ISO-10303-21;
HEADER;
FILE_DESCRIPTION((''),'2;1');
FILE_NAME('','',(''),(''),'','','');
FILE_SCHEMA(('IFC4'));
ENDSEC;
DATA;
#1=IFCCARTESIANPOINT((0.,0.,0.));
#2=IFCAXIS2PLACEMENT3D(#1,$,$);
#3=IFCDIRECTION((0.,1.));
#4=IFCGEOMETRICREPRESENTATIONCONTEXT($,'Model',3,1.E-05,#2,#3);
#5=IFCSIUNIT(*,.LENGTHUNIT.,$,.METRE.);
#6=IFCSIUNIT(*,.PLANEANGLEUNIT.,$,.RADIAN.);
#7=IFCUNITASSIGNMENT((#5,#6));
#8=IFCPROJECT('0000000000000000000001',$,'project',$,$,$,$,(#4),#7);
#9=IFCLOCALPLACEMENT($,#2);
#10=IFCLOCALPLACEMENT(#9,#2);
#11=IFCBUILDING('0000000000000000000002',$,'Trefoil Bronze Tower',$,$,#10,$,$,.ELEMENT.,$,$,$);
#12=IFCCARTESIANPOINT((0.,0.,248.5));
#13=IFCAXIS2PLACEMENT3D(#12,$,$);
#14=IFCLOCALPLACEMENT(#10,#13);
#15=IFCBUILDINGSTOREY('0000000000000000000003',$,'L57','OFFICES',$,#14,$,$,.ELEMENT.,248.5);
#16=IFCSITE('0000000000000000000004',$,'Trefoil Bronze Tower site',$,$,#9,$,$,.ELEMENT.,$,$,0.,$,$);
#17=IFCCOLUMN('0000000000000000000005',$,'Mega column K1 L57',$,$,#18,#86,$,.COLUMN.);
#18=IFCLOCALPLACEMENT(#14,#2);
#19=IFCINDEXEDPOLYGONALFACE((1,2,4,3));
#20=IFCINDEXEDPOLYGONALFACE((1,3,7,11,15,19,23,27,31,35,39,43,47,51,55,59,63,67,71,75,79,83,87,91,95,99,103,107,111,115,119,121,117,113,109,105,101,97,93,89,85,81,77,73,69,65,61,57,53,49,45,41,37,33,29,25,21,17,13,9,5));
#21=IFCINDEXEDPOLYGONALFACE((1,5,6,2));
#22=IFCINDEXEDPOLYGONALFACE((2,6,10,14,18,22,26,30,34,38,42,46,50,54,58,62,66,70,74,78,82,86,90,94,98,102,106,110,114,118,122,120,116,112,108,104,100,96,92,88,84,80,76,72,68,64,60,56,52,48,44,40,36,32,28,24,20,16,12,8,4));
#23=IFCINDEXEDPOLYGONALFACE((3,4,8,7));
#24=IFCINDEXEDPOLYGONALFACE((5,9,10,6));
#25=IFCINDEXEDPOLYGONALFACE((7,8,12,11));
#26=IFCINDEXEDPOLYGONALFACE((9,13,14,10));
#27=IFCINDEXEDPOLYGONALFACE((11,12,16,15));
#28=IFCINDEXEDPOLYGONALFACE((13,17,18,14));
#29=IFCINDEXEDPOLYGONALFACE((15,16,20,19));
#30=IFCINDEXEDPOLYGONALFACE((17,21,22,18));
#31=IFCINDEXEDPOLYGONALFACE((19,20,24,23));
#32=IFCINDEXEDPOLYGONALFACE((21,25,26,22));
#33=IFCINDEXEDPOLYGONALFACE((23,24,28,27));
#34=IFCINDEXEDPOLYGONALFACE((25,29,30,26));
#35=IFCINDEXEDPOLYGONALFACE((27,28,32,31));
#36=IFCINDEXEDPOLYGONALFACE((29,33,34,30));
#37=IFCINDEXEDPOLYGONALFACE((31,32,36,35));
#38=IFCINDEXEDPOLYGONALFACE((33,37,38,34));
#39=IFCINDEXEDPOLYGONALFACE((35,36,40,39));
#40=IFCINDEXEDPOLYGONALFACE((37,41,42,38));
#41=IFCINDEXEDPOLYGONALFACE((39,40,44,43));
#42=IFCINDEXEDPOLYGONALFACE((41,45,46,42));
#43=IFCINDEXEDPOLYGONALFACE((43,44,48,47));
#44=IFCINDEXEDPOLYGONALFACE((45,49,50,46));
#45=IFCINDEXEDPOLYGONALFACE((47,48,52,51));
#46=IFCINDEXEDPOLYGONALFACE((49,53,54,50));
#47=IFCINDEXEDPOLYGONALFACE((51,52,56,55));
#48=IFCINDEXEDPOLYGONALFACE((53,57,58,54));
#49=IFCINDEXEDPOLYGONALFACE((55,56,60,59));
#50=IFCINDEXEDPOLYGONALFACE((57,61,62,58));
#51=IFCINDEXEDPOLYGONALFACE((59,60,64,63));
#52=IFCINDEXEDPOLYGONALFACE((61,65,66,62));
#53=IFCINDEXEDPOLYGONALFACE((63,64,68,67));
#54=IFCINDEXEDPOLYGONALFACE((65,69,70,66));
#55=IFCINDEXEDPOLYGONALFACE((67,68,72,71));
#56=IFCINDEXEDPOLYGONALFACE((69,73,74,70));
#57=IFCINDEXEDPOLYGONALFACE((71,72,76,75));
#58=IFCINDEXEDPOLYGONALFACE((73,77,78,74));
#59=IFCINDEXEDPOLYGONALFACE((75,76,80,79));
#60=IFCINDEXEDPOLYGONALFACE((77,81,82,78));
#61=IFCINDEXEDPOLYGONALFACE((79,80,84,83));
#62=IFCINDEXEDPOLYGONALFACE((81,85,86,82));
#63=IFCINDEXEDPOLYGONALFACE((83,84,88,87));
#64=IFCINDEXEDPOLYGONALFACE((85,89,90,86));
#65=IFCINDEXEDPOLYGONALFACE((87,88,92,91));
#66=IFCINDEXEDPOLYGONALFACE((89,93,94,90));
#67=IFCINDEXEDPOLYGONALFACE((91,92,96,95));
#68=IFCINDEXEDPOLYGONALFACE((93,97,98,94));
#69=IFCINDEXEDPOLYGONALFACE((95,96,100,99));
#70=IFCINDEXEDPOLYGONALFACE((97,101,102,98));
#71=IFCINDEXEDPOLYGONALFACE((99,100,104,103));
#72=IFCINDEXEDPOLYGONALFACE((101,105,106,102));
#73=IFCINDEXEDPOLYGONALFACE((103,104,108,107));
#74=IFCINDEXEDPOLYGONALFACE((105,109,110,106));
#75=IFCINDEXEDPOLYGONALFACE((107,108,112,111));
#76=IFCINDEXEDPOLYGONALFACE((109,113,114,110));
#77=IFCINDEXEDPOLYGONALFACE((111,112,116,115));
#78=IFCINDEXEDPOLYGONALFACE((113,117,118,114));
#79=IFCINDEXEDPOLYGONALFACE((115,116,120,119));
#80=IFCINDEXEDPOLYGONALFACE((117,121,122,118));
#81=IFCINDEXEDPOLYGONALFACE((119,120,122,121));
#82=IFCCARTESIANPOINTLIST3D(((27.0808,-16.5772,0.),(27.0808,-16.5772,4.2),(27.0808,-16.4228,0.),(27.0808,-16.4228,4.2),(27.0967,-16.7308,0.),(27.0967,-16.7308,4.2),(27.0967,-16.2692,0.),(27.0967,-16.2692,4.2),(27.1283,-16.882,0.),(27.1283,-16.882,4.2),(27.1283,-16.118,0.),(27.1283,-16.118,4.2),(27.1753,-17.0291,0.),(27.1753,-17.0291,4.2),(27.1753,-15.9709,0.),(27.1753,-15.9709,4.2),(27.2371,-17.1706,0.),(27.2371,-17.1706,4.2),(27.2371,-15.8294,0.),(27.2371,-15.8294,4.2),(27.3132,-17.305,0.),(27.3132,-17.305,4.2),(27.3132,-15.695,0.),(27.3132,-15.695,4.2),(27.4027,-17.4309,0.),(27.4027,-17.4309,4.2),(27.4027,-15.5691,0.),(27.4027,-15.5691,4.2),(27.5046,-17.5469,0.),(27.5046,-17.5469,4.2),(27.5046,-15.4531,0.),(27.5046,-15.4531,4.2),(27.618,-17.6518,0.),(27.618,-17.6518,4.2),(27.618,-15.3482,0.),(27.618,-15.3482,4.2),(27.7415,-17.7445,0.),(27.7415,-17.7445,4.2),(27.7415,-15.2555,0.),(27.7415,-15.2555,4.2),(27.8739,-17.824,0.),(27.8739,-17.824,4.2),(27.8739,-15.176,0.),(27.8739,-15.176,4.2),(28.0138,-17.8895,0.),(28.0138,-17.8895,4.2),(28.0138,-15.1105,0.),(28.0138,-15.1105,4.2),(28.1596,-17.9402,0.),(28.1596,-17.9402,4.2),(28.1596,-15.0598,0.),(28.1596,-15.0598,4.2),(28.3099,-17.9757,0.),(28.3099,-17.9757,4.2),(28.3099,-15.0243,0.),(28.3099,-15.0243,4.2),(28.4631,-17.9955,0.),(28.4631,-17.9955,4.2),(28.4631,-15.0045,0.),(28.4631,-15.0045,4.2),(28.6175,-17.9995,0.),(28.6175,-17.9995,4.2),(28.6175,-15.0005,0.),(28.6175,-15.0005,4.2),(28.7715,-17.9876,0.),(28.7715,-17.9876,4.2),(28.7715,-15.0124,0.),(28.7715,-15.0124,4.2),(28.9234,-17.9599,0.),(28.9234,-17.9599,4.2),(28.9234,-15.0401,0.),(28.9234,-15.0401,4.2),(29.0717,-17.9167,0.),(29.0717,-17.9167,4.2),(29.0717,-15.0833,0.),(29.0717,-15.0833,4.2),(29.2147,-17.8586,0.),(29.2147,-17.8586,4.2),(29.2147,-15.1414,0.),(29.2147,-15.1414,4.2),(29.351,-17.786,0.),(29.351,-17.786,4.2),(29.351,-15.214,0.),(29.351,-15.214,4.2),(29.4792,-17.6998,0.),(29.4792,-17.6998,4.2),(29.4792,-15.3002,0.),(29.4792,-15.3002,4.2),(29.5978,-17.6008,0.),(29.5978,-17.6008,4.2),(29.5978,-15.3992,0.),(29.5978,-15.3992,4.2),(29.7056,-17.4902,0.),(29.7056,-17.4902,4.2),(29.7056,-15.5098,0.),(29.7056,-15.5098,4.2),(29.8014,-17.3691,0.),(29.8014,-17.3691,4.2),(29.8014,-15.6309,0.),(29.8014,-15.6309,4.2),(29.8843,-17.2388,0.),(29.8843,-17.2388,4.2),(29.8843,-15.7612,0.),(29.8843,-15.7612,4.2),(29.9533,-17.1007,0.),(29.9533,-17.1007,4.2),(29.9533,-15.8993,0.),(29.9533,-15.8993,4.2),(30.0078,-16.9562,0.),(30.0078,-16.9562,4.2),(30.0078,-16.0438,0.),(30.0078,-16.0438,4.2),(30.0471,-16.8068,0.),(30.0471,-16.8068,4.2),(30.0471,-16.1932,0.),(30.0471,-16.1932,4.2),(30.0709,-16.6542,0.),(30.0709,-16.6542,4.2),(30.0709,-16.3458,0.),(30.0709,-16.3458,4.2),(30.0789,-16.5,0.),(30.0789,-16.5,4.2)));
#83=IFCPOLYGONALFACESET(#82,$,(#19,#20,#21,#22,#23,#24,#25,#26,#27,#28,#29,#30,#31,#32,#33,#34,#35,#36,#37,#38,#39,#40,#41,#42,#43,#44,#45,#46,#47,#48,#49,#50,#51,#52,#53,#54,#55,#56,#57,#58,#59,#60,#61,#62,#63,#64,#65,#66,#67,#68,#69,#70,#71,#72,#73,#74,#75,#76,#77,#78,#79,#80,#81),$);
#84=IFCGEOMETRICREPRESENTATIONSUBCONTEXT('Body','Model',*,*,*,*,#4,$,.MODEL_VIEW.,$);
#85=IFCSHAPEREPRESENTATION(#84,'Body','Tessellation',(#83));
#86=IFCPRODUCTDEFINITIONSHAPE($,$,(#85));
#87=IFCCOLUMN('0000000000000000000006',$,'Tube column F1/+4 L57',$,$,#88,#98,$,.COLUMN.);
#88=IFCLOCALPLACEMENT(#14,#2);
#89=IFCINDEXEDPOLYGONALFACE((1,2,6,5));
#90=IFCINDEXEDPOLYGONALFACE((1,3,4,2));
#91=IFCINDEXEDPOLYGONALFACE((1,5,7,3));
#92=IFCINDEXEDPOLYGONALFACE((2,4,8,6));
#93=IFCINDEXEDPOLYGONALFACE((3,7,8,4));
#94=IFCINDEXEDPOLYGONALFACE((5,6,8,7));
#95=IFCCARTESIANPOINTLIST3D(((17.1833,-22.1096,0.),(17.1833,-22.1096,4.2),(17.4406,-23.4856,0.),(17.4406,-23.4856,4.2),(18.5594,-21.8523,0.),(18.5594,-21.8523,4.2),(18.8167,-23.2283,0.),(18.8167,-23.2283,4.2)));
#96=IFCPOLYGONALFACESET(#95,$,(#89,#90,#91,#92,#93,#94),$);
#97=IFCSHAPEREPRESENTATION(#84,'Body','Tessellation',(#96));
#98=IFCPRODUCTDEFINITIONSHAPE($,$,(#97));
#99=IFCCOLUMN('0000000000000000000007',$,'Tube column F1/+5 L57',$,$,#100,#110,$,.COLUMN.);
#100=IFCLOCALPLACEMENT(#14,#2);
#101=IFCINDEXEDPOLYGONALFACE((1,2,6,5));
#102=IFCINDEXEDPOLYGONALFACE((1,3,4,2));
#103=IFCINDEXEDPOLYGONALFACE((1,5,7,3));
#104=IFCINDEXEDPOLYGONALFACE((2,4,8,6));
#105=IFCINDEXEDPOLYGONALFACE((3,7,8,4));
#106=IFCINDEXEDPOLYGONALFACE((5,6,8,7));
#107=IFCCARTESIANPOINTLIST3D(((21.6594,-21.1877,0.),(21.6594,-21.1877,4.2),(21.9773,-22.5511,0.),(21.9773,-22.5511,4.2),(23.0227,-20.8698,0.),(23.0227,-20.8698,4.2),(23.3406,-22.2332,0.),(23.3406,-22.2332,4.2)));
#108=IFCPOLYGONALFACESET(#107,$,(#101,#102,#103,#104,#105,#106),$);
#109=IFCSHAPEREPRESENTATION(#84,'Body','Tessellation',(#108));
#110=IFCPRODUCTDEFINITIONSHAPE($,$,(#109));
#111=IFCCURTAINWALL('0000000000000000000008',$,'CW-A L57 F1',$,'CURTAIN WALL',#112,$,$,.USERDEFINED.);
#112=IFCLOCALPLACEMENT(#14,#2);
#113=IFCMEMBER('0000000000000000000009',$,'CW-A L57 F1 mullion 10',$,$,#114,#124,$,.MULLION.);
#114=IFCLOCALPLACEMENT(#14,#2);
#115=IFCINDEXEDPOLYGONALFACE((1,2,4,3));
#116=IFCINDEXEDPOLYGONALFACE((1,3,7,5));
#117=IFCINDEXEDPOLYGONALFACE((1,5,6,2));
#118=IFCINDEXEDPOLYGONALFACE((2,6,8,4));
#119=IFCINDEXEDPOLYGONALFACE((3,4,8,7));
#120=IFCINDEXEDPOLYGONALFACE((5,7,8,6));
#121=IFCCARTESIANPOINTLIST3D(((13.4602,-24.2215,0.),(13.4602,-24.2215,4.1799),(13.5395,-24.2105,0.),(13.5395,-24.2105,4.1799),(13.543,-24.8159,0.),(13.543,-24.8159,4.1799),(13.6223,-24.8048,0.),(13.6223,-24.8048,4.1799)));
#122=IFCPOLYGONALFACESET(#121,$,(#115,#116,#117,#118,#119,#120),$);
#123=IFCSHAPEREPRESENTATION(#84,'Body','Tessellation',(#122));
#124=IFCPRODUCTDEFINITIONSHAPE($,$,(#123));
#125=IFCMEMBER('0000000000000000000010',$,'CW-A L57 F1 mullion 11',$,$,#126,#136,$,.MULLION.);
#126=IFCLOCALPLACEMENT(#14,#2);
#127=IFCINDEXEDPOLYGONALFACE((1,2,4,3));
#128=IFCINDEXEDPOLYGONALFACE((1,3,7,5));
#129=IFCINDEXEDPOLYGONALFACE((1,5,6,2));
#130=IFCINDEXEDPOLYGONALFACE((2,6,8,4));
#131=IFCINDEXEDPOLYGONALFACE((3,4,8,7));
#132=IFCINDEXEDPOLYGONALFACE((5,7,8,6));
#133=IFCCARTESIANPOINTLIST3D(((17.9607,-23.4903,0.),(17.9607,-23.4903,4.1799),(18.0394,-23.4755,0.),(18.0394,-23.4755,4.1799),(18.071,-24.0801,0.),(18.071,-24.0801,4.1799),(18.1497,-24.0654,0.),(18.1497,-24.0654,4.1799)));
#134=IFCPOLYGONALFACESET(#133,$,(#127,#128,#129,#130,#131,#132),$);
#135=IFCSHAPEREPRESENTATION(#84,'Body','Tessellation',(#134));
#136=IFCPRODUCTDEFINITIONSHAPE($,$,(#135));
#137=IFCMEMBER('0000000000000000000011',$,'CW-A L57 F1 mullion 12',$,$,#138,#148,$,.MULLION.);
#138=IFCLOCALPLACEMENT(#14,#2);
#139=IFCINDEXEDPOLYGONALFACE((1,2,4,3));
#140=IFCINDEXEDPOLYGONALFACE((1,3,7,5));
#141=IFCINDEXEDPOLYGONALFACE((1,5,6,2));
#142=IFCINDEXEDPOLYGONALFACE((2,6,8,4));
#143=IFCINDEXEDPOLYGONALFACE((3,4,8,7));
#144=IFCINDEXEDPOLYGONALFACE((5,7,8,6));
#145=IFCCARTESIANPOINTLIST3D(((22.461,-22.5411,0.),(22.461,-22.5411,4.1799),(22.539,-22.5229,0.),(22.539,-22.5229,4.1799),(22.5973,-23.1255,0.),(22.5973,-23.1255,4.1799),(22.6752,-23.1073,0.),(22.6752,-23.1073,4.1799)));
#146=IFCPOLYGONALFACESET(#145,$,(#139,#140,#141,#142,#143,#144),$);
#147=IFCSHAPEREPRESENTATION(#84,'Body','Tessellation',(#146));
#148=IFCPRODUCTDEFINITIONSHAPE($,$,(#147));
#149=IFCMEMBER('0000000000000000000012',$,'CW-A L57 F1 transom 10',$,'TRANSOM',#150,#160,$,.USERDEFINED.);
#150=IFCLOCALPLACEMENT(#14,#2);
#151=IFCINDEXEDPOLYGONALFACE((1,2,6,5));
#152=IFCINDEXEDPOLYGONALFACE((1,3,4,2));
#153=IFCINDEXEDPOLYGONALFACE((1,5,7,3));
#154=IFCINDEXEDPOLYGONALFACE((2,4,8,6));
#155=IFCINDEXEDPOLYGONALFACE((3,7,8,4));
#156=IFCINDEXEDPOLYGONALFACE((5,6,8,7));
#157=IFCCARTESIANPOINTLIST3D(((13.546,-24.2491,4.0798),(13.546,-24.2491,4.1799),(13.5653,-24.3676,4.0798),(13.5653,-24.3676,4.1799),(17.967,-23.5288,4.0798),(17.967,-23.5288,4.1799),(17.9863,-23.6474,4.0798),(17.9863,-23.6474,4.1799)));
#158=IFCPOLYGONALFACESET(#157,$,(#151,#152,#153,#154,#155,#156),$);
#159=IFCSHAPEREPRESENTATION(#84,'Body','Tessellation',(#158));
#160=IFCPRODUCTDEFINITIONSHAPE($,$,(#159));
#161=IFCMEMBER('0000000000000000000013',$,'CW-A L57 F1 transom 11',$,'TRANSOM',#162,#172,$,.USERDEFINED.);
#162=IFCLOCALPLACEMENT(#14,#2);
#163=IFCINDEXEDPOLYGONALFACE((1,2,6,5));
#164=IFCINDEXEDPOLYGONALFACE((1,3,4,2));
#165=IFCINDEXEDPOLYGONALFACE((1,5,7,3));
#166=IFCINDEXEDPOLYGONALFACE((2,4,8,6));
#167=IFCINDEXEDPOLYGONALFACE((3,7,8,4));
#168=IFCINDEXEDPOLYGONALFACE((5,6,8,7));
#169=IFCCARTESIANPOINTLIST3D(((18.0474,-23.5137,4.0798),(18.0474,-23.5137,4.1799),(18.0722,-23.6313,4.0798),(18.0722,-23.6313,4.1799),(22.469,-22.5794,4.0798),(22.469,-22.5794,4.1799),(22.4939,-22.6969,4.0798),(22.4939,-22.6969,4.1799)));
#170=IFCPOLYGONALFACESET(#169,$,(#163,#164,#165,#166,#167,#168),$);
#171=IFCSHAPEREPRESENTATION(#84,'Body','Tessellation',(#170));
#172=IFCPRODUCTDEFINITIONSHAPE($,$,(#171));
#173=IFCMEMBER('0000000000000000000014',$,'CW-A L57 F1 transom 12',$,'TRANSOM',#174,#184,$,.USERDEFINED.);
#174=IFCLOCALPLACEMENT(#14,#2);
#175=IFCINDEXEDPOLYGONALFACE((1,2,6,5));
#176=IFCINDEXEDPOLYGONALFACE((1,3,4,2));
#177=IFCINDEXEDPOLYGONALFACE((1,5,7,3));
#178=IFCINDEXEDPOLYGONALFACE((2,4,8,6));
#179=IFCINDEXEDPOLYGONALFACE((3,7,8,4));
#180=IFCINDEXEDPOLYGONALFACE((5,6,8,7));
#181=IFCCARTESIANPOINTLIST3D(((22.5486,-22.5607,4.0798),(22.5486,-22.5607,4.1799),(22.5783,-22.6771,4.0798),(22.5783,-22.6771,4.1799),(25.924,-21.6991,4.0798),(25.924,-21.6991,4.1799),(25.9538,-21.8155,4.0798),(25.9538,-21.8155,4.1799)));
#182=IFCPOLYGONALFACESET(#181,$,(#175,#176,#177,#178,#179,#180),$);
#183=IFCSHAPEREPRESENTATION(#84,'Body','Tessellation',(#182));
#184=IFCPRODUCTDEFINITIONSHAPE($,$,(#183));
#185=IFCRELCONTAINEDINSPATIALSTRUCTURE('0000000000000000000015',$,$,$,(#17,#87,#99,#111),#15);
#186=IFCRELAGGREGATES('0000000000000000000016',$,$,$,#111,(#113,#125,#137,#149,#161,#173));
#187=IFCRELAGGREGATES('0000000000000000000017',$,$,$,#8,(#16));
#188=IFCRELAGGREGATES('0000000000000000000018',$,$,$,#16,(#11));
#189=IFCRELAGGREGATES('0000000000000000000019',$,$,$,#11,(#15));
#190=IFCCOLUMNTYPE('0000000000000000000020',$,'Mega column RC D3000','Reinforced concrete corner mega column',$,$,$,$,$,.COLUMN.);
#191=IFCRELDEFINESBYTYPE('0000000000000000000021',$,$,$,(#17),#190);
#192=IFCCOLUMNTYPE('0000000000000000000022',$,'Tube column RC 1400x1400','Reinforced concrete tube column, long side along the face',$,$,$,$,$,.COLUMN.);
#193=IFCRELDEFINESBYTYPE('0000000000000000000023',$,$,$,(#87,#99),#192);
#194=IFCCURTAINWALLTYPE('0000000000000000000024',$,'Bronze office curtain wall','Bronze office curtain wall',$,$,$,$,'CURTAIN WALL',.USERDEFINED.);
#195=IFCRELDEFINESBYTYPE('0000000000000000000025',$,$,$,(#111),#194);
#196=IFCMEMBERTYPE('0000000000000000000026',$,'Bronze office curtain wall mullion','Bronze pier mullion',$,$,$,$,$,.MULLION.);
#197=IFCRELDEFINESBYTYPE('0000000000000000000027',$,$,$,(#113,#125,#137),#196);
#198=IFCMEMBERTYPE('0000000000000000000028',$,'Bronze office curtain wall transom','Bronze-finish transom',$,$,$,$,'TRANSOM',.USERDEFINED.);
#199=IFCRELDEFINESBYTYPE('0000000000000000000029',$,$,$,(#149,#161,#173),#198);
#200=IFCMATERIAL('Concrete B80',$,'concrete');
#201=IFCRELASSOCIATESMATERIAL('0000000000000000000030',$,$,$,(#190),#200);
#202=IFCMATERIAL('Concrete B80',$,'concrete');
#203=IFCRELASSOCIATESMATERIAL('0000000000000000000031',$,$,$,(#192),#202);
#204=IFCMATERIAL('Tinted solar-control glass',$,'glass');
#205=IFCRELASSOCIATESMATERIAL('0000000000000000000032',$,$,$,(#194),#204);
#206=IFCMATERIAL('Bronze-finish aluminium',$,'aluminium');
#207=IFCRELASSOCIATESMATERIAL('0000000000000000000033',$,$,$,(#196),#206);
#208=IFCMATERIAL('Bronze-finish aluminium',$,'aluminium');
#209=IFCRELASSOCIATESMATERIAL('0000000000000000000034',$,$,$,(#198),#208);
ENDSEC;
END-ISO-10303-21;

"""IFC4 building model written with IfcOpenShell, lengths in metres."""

from ifc_helpers import new_model, si_unit, direction, frame, origin, origin_2d, place, context, subcontext, project, spatial, rectangle, circle, extrude, material, material_profile, profile_set, type_object, element, aggregate, save


model = new_model("IFC4")

# Units and contexts
model_context = context("Model", 3, precision=1e-05, world=origin(), true_north=direction((0.0, 1.0)))
body_context = subcontext(model_context, "Body", "Model", "MODEL_VIEW")
ifc_project = project(units=[si_unit("LENGTHUNIT", "METRE"), si_unit("PLANEANGLEUNIT", "RADIAN")], contexts=[model_context])

# Site, building, storey
site_placement = place(None, origin())
site = spatial("IfcSite", under=ifc_project, at=site_placement, Name="Trefoil Bronze Tower site", CompositionType="ELEMENT", RefElevation=0.0)
building_placement = place(site_placement, origin())
building = spatial("IfcBuilding", under=site, at=building_placement, Name="Trefoil Bronze Tower", CompositionType="ELEMENT")
storey_placement = place(building_placement, frame((0.0, 0.0, 248.5)))
storey = spatial("IfcBuildingStorey", under=building, at=storey_placement, Name="L57", Description="OFFICES", CompositionType="ELEMENT", Elevation=248.5)

# Columns
ifc_material_1 = material(Name="Concrete B80", Category="concrete")
ifc_material_profile_1 = material_profile(ifc_material_1, circle(Radius=1.5, at=origin_2d()), Name="RC D3000")
ifc_profile_set_1 = profile_set([ifc_material_profile_1], Name="Concrete B80")
column_type_1 = type_object("IfcColumnType", Name="Mega column RC D3000", Description="Reinforced concrete corner mega column", PredefinedType="COLUMN", material=ifc_profile_set_1)
column_placement = place(storey_placement, frame((28.5789, -16.5, 0.0), z_axis=(0.0, 0.0, 1.0), x_axis=(1.0, 0.0, 0.0)))
element("IfcColumn", 1, at=column_placement, inside=storey, type_object=column_type_1, Name="Mega column K1 L57", PredefinedType="COLUMN", context=body_context, shape_type="SweptSolid", body=[
    extrude(circle(Radius=1.5, at=origin_2d()), origin(), (0.0, 0.0, 1.0), 4.2),
])
ifc_material_2 = material(Name="Concrete B80", Category="concrete")
ifc_material_profile_2 = material_profile(ifc_material_2, rectangle(XDim=1.3999, YDim=1.3999, at=origin_2d()), Name="RC 1400x1400")
ifc_profile_set_2 = profile_set([ifc_material_profile_2], Name="Concrete B80")
column_type_2 = type_object("IfcColumnType", Name="Tube column RC 1400x1400", Description="Reinforced concrete tube column, long side along the face", PredefinedType="COLUMN", material=ifc_profile_set_2)
for number, where, z_axis, x_axis, name in (
    (2, (18.0, -22.6689, 0.0), (0.0, 0.0, 1.0), (0.982959, 0.183825, 0.0), "Tube column F1/+4 L57"),
    (3, (22.5, -21.7104, 0.0), (0.0, 0.0, 1.0), (0.973875, 0.227083, 0.0), "Tube column F1/+5 L57"),
):
    element("IfcColumn", number, at=place(storey_placement, frame(where, z_axis=z_axis, x_axis=x_axis)), inside=storey, type_object=column_type_2, Name=name, PredefinedType="COLUMN", context=body_context, shape_type="SweptSolid", body=[
        extrude(rectangle(XDim=1.3999, YDim=1.3999, at=origin_2d()), origin(), (0.0, 0.0, 1.0), 4.2),
    ])

# Curtain wall, members
ifc_material_3 = material(Name="Tinted solar-control glass", Category="glass")
curtain_wall_type_1 = type_object("IfcCurtainWallType", Name="Bronze office curtain wall", Description="Bronze office curtain wall", ElementType="CURTAIN WALL", PredefinedType="USERDEFINED", material=ifc_material_3)
curtain_wall_1_placement = place(storey_placement, origin())
curtain_wall_1 = element("IfcCurtainWall", 4, at=curtain_wall_1_placement, inside=storey, type_object=curtain_wall_type_1, Name="CW-A L57 F1", ObjectType="CURTAIN WALL", PredefinedType="USERDEFINED")
ifc_material_4 = material(Name="Bronze-finish aluminium", Category="aluminium")
ifc_material_profile_3 = material_profile(ifc_material_4, rectangle(XDim=0.6001, YDim=0.0801, at=origin_2d()), Name="CW-A mullion")
ifc_profile_set_3 = profile_set([ifc_material_profile_3], Name="Bronze-finish aluminium")
member_type_1 = type_object("IfcMemberType", Name="Bronze office curtain wall mullion", Description="Bronze pier mullion", PredefinedType="MULLION", material=ifc_profile_set_3)
member_1_placement = place(storey_placement, frame((13.5413, -24.5132, 0.0), z_axis=(0.0, 0.0, 1.0), x_axis=(-0.137868, 0.990451, 0.0)))
member_1 = element("IfcMember", 5, at=member_1_placement, type_object=member_type_1, Name="CW-A L57 F1 mullion 10", PredefinedType="MULLION", context=body_context, shape_type="SweptSolid", body=[
    extrude(rectangle(XDim=0.6001, YDim=0.0801, at=origin_2d()), origin(), (0.0, 0.0, 1.0), 4.1799),
])
member_2_placement = place(storey_placement, frame((18.0552, -23.7778, 0.0), z_axis=(0.0, 0.0, 1.0), x_axis=(-0.183825, 0.982959, 0.0)))
member_2 = element("IfcMember", 6, at=member_2_placement, type_object=member_type_1, Name="CW-A L57 F1 mullion 11", PredefinedType="MULLION", context=body_context, shape_type="SweptSolid", body=[
    extrude(rectangle(XDim=0.6001, YDim=0.0801, at=origin_2d()), origin(), (0.0, 0.0, 1.0), 4.1799),
])
member_3_placement = place(storey_placement, frame((22.5681, -22.8242, 0.0), z_axis=(0.0, 0.0, 1.0), x_axis=(-0.227083, 0.973875, 0.0)))
member_3 = element("IfcMember", 7, at=member_3_placement, type_object=member_type_1, Name="CW-A L57 F1 mullion 12", PredefinedType="MULLION", context=body_context, shape_type="SweptSolid", body=[
    extrude(rectangle(XDim=0.6001, YDim=0.0801, at=origin_2d()), origin(), (0.0, 0.0, 1.0), 4.1799),
])
ifc_material_5 = material(Name="Bronze-finish aluminium", Category="aluminium")
ifc_material_profile_4 = material_profile(ifc_material_5, rectangle(XDim=0.1201, YDim=0.1001, at=origin_2d()), Name="CW-A transom")
ifc_profile_set_4 = profile_set([ifc_material_profile_4], Name="Bronze-finish aluminium")
member_type_2 = type_object("IfcMemberType", Name="Bronze office curtain wall transom", Description="Bronze-finish transom", ElementType="TRANSOM", PredefinedType="USERDEFINED", material=ifc_profile_set_4)
member_4_placement = place(storey_placement, frame((13.5557, -24.3083, 4.1299), z_axis=(0.986988, 0.160792, 0.0), x_axis=(-0.160792, 0.986988, 0.0)))
member_4 = element("IfcMember", 8, at=member_4_placement, type_object=member_type_2, Name="CW-A L57 F1 transom 10", ObjectType="TRANSOM", PredefinedType="USERDEFINED", context=body_context, shape_type="SweptSolid", body=[
    extrude(rectangle(XDim=0.1201, YDim=0.1001, at=origin_2d()), origin(), (0.0, 0.0, 1.0), 4.4792),
])
member_5_placement = place(storey_placement, frame((18.0598, -23.5725, 4.1299), z_axis=(0.978395, 0.206743, 0.0), x_axis=(-0.206743, 0.978395, 0.0)))
member_5 = element("IfcMember", 9, at=member_5_placement, type_object=member_type_2, Name="CW-A L57 F1 transom 11", ObjectType="TRANSOM", PredefinedType="USERDEFINED", context=body_context, shape_type="SweptSolid", body=[
    extrude(rectangle(XDim=0.1201, YDim=0.1001, at=origin_2d()), origin(), (0.0, 0.0, 1.0), 4.5193),
])
member_6_placement = place(storey_placement, frame((22.5635, -22.6189, 4.1299), z_axis=(0.968935, 0.247315, 0.0), x_axis=(-0.247315, 0.968935, 0.0)))
member_6 = element("IfcMember", 10, at=member_6_placement, type_object=member_type_2, Name="CW-A L57 F1 transom 12", ObjectType="TRANSOM", PredefinedType="USERDEFINED", context=body_context, shape_type="SweptSolid", body=[
    extrude(rectangle(XDim=0.1201, YDim=0.1001, at=origin_2d()), origin(), (0.0, 0.0, 1.0), 3.4836),
])

aggregate(curtain_wall_1, [member_1, member_2, member_3, member_4, member_5, member_6])

save(model, "model.ifc")
